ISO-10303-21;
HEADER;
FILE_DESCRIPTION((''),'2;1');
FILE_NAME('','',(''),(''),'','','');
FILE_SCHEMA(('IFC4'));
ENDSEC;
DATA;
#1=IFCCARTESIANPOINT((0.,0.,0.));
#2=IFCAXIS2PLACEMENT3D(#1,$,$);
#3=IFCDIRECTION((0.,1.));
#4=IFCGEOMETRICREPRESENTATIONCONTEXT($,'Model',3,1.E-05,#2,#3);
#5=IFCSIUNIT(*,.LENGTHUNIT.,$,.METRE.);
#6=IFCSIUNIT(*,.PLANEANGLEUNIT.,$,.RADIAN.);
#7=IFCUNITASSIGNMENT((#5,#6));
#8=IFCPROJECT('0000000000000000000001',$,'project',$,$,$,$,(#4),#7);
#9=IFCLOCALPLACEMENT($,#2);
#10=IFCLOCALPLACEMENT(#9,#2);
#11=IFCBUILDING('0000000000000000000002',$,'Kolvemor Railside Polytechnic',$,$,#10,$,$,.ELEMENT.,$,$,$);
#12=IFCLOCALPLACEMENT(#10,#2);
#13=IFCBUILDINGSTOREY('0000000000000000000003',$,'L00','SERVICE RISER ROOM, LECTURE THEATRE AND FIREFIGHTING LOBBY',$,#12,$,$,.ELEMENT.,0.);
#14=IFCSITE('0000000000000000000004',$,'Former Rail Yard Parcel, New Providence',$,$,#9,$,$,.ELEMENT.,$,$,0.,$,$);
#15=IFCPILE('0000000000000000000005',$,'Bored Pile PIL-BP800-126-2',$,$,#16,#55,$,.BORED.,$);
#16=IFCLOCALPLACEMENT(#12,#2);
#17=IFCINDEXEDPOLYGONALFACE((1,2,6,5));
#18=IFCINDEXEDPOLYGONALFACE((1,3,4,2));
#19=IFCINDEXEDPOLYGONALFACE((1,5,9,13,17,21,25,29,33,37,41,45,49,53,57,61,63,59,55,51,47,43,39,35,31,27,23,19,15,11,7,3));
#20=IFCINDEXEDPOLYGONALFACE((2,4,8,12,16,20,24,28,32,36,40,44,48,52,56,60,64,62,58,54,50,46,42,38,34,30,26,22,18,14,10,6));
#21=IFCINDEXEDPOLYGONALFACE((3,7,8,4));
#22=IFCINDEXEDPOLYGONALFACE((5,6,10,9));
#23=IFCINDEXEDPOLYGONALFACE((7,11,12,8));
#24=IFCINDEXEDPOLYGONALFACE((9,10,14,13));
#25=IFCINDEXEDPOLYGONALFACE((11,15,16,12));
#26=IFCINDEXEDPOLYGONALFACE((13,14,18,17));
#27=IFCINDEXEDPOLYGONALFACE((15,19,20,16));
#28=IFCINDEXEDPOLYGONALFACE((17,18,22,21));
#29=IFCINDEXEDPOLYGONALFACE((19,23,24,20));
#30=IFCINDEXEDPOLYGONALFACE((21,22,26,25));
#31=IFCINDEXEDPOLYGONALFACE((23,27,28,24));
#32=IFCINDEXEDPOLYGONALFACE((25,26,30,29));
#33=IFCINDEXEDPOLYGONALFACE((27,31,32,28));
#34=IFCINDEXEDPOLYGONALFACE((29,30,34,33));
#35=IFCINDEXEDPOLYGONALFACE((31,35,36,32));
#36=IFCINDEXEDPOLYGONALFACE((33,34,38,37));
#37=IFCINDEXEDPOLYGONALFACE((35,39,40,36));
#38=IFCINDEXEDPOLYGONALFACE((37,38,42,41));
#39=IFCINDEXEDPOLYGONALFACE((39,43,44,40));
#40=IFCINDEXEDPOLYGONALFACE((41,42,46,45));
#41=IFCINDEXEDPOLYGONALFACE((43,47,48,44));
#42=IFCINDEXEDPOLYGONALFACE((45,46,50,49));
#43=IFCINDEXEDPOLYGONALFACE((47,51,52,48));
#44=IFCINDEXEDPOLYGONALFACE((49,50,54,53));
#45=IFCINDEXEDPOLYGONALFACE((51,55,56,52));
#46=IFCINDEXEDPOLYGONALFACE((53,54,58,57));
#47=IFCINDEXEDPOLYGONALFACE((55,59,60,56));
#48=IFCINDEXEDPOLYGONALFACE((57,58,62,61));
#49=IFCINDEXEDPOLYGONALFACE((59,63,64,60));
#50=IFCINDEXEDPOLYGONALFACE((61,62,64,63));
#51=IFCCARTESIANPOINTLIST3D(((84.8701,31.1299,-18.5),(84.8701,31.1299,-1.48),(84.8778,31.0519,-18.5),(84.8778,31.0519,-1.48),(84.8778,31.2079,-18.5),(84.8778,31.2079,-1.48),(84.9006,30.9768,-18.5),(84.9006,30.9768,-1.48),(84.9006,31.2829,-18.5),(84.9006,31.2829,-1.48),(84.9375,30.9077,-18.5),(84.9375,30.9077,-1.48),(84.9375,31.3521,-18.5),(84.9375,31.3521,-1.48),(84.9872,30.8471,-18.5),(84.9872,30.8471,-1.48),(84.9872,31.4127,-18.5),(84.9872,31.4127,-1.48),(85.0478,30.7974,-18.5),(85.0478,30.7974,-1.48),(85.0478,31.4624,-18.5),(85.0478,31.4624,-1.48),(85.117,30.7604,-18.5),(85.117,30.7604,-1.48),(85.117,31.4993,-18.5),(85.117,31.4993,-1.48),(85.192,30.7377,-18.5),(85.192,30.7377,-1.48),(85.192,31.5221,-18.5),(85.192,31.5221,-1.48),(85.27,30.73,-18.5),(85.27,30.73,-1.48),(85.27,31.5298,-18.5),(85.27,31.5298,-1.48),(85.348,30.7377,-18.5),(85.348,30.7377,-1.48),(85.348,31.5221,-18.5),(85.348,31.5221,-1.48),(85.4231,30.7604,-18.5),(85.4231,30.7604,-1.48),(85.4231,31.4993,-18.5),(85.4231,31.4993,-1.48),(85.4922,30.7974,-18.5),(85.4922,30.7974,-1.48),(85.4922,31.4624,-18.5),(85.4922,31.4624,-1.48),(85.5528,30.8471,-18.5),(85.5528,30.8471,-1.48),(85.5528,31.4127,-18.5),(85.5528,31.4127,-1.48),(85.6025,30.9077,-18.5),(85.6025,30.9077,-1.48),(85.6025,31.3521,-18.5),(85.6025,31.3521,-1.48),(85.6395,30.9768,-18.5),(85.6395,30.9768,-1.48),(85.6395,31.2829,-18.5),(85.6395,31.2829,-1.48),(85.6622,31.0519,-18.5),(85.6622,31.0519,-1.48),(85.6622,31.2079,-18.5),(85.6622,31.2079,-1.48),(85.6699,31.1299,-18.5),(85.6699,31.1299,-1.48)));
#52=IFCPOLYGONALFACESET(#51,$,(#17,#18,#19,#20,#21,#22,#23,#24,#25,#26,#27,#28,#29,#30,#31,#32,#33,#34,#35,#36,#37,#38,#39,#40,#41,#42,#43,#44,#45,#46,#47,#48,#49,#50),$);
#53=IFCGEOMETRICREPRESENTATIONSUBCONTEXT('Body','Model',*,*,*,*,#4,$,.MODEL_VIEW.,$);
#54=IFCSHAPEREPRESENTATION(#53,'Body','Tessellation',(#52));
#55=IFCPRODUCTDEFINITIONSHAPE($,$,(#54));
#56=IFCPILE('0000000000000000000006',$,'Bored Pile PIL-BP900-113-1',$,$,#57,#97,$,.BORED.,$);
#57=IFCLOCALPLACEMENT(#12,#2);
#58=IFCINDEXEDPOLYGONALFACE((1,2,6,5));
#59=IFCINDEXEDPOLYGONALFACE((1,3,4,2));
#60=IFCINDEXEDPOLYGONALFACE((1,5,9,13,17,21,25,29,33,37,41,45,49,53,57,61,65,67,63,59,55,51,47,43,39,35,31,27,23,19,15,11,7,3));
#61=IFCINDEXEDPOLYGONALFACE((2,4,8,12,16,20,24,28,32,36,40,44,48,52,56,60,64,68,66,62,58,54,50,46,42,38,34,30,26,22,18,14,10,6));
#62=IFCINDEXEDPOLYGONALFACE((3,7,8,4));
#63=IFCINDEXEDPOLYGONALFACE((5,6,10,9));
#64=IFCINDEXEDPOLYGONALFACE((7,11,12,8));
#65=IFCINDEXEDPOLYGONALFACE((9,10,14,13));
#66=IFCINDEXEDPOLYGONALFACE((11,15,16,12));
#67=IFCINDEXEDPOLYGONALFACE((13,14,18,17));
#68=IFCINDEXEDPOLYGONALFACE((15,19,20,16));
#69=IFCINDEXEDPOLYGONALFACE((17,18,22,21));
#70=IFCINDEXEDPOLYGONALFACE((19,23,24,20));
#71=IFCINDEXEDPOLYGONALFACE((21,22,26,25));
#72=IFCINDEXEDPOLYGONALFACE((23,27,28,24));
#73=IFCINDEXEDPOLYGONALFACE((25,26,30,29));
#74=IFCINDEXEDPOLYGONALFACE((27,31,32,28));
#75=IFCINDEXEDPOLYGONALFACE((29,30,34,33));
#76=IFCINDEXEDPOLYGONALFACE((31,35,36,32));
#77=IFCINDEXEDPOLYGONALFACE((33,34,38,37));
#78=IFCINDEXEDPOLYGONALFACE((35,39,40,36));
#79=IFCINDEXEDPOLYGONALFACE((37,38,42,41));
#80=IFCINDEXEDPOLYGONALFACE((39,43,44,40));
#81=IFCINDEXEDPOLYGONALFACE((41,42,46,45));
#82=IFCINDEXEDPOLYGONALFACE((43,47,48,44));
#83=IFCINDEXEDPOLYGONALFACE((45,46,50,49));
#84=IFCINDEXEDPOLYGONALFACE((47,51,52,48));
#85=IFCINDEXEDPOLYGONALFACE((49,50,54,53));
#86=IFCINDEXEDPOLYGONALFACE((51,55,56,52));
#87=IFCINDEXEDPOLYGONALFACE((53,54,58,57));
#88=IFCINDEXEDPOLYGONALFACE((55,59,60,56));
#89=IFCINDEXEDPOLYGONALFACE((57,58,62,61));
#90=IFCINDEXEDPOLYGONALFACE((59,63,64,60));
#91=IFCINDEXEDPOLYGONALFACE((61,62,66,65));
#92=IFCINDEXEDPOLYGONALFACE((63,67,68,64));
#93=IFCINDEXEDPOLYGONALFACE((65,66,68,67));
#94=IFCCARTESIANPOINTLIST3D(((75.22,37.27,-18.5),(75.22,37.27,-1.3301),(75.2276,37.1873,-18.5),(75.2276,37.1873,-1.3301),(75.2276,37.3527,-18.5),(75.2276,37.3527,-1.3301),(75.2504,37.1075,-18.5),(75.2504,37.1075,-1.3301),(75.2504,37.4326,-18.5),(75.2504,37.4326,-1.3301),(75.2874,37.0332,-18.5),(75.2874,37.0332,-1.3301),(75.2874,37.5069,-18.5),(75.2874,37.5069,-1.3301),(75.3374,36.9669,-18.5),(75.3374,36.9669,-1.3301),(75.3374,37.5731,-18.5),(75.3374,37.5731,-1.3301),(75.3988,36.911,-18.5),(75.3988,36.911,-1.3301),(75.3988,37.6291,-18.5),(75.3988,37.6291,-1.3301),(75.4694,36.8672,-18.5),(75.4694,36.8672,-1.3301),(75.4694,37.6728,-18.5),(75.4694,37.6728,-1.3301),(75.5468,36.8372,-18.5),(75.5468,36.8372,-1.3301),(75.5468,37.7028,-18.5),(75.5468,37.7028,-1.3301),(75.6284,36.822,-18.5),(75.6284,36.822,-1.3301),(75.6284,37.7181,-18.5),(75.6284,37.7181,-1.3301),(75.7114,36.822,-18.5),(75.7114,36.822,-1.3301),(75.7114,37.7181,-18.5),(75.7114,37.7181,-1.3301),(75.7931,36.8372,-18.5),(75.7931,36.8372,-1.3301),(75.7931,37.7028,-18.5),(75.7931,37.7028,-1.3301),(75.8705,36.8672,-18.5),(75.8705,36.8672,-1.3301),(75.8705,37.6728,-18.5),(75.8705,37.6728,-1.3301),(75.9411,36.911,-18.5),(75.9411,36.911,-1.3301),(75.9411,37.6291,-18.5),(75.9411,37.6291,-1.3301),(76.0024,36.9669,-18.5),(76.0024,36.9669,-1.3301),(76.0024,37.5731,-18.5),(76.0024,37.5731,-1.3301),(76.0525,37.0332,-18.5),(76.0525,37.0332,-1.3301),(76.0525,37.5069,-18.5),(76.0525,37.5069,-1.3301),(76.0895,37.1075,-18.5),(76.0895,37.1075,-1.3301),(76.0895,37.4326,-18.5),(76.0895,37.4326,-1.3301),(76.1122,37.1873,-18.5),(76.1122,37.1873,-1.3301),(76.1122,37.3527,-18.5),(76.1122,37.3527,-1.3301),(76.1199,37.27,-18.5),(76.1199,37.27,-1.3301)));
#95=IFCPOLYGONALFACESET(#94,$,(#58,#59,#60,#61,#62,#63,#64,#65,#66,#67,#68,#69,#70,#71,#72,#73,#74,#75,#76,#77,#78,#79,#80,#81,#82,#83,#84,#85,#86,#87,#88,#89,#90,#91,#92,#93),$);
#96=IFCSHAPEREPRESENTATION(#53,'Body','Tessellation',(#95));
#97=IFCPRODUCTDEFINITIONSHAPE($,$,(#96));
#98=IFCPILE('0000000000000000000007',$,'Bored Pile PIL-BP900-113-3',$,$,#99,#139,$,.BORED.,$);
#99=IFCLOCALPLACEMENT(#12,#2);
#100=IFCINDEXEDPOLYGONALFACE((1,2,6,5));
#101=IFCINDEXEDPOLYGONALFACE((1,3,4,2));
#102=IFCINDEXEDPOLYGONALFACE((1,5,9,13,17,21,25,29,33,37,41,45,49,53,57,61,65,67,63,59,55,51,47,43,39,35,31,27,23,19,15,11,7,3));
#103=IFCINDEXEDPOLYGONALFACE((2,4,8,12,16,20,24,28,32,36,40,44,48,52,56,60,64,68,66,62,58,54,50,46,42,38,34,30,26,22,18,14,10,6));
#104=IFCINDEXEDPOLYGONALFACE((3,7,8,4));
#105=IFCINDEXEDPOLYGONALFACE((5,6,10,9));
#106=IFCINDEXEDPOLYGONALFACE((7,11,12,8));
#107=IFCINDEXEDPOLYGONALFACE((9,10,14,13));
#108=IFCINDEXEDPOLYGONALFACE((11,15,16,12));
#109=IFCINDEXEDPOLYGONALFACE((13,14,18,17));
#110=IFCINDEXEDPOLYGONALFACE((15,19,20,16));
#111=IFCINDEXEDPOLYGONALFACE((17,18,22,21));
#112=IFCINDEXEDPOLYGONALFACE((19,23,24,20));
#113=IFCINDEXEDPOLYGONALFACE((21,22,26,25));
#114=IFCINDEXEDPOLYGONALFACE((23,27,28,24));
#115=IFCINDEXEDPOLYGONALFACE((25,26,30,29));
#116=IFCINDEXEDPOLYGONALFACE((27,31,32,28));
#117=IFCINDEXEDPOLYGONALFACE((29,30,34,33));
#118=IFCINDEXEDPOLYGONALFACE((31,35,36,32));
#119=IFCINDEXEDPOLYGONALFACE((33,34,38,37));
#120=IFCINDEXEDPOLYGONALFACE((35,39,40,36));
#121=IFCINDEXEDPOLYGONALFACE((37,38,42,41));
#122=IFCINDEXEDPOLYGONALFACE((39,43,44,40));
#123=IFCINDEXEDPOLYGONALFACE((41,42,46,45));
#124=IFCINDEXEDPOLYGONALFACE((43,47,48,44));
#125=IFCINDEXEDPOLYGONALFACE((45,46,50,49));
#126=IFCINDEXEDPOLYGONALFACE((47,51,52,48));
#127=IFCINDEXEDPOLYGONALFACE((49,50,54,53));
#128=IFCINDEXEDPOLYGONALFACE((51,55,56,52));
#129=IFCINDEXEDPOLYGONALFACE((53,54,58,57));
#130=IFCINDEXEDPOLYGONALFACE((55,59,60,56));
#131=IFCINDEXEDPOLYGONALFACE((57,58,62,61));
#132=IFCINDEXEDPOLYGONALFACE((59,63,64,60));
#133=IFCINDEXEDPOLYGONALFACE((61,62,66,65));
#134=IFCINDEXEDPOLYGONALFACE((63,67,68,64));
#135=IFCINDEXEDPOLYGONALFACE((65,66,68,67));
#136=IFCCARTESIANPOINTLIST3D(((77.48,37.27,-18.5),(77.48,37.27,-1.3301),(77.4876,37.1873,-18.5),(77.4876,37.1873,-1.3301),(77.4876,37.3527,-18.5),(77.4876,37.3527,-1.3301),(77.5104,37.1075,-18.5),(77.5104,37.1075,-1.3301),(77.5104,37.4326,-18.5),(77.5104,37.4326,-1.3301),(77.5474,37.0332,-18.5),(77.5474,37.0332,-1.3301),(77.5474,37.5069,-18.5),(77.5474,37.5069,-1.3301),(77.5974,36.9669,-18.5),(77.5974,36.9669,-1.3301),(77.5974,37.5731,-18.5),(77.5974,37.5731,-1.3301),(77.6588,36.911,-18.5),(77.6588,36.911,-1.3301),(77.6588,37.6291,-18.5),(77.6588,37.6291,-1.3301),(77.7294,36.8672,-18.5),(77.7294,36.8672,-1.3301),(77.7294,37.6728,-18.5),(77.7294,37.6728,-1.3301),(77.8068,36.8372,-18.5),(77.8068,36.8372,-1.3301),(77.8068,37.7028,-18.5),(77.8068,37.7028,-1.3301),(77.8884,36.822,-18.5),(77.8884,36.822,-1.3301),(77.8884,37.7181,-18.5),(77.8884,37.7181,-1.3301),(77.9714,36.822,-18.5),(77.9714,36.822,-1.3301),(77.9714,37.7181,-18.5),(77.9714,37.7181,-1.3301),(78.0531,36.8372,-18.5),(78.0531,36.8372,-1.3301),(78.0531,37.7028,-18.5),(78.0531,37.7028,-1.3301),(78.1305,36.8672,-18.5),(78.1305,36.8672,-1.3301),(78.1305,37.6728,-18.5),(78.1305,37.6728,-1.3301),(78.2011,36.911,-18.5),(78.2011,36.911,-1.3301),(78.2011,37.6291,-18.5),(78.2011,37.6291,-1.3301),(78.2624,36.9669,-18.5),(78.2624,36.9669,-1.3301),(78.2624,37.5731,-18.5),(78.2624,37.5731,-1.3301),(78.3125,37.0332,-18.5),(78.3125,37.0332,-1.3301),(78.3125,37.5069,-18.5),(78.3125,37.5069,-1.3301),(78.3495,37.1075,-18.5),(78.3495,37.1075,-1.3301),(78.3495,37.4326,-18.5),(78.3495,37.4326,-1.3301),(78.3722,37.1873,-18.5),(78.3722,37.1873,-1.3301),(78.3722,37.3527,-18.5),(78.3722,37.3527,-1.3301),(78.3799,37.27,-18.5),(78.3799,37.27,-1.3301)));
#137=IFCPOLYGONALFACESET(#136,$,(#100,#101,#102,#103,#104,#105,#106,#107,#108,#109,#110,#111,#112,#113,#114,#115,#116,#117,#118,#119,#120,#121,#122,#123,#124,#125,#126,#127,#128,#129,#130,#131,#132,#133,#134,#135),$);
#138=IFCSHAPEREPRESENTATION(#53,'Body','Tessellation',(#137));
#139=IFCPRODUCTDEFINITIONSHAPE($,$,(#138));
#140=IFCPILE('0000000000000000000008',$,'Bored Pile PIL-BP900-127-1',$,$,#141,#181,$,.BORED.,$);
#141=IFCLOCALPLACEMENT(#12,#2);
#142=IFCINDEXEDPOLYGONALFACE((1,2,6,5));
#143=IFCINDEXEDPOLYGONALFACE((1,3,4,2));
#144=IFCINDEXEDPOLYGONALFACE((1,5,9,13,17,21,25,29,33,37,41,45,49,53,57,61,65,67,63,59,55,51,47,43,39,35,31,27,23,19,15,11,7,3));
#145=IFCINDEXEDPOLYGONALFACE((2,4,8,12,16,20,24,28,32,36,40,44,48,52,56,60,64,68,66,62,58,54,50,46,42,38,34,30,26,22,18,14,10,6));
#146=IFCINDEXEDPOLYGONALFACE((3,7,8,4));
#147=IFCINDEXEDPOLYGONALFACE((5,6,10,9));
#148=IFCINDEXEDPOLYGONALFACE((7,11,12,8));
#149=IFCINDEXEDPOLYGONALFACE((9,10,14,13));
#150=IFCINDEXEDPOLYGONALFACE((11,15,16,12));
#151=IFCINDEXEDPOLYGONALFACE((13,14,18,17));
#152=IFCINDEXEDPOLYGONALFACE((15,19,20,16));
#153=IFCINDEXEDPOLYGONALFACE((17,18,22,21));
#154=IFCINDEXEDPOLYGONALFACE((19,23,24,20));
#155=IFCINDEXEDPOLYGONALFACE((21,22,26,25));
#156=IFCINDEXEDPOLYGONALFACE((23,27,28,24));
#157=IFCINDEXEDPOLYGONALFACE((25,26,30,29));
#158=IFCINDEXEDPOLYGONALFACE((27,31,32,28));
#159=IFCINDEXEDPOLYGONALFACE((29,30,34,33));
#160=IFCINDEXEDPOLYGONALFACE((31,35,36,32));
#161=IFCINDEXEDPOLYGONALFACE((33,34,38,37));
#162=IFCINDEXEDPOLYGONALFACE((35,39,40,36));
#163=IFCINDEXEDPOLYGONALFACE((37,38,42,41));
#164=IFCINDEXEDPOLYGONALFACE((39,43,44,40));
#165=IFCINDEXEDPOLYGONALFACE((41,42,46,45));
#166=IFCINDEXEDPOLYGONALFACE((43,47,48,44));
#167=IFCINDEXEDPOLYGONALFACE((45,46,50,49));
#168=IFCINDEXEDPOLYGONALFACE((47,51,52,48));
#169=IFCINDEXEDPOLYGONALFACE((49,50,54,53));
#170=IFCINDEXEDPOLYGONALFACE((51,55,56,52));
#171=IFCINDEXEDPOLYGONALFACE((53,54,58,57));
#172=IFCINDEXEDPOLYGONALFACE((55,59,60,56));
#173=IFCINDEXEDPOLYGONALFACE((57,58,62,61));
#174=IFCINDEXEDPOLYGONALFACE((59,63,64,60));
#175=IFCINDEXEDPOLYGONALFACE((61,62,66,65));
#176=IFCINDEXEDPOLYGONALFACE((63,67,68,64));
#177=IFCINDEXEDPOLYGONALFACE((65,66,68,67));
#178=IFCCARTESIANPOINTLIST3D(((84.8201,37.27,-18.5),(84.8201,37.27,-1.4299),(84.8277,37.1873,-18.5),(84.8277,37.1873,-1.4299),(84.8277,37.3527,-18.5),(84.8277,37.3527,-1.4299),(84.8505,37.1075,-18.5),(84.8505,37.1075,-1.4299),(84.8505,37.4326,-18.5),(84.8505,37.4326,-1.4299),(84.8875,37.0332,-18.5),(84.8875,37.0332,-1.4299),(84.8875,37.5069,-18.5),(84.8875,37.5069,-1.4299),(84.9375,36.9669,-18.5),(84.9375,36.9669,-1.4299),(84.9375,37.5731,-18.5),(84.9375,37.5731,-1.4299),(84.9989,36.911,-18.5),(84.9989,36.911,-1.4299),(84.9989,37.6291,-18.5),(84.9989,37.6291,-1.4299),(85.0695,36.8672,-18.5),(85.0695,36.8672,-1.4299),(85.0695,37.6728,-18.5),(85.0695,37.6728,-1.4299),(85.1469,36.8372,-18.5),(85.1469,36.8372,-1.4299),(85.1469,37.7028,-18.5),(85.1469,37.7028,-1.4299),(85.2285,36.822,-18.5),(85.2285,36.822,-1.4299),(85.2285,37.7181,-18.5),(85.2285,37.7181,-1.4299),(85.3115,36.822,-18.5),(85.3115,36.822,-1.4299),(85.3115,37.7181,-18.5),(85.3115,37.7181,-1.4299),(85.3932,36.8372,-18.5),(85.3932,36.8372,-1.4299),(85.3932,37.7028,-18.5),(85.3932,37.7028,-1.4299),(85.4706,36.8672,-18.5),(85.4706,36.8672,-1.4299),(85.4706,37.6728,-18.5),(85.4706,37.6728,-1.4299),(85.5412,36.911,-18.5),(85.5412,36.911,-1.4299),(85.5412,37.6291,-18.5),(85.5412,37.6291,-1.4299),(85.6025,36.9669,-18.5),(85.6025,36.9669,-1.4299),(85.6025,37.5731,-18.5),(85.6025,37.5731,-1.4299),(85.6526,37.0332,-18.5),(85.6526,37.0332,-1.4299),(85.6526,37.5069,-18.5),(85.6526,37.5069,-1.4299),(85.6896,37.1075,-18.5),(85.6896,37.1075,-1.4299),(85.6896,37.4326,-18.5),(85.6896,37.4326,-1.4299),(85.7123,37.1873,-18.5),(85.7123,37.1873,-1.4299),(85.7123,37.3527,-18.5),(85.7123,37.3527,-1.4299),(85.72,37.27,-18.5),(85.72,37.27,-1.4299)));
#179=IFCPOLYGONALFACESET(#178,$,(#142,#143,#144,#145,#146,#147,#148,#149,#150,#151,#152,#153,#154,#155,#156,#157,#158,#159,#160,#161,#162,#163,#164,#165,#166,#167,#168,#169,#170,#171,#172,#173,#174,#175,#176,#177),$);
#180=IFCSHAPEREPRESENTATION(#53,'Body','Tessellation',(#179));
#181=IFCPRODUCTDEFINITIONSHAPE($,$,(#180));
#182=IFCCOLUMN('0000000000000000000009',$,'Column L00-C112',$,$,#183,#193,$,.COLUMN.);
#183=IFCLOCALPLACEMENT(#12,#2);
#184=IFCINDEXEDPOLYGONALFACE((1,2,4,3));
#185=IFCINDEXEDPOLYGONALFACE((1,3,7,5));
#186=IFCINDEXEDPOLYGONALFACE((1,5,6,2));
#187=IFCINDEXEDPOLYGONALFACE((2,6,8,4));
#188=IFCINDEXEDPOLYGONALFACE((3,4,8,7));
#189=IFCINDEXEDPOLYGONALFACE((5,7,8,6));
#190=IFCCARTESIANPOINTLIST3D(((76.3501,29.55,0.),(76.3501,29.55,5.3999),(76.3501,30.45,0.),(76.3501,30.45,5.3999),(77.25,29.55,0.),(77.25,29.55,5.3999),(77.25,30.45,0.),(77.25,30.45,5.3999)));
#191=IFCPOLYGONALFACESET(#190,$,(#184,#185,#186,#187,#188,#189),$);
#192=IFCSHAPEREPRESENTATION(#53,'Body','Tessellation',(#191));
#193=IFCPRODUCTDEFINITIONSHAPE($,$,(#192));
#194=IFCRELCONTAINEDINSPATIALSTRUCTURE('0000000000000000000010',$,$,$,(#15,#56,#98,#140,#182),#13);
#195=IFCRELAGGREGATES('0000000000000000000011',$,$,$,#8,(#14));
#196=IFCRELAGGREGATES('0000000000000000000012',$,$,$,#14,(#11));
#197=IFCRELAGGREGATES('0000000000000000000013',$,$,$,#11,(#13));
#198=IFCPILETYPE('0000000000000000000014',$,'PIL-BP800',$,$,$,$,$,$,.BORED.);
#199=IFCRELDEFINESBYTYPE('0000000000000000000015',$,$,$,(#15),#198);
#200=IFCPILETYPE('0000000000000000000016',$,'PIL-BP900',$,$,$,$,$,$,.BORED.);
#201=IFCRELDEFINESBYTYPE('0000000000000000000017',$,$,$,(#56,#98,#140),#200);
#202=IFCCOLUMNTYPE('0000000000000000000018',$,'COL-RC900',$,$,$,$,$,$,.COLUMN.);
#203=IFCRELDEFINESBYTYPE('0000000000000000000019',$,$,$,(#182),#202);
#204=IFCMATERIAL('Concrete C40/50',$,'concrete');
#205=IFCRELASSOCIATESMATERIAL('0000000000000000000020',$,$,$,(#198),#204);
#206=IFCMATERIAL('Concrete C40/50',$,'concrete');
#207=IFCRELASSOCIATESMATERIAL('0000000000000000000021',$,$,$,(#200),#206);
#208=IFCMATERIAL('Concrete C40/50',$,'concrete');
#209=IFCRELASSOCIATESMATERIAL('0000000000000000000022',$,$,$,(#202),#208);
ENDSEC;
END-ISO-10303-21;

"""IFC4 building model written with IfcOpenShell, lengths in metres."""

from ifc_helpers import new_model, si_unit, direction, frame, origin, origin_2d, place, context, subcontext, project, spatial, rectangle, circle, extrude, material, material_profile, profile_set, type_object, element, save


model = new_model("IFC4")

# Units and contexts
model_context = context("Model", 3, precision=1e-05, world=origin(), true_north=direction((0.0, 1.0)))
body_context = subcontext(model_context, "Body", "Model", "MODEL_VIEW")
ifc_project = project(units=[si_unit("LENGTHUNIT", "METRE"), si_unit("PLANEANGLEUNIT", "RADIAN")], contexts=[model_context])

# Site, building, storey
site_placement = place(None, origin())
site = spatial("IfcSite", under=ifc_project, at=site_placement, Name="Former Rail Yard Parcel, New Providence", CompositionType="ELEMENT", RefElevation=0.0)
building_placement = place(site_placement, origin())
building = spatial("IfcBuilding", under=site, at=building_placement, Name="Kolvemor Railside Polytechnic", CompositionType="ELEMENT")
storey_placement = place(building_placement, origin())
storey = spatial("IfcBuildingStorey", under=building, at=storey_placement, Name="L00", Description="SERVICE RISER ROOM, LECTURE THEATRE AND FIREFIGHTING LOBBY", CompositionType="ELEMENT", Elevation=0.0)

# Piles
ifc_material_1 = material(Name="Concrete C40/50", Category="concrete")
ifc_material_profile_1 = material_profile(ifc_material_1, circle(Radius=0.3999, at=origin_2d()), Name="BP800")
ifc_profile_set_1 = profile_set([ifc_material_profile_1], Name="Concrete C40/50")
pile_type_1 = type_object("IfcPileType", Name="PIL-BP800", PredefinedType="BORED", material=ifc_profile_set_1)
for number, where, z_axis, x_axis, name in (
    (1, (85.27, 31.1299, -1.48), (0.0, 0.0, -1.0), (1.0, 0.0, 0.0), "Bored Pile PIL-BP800-126-2"),
):
    element("IfcPile", number, at=place(storey_placement, frame(where, z_axis=z_axis, x_axis=x_axis)), inside=storey, type_object=pile_type_1, Name=name, PredefinedType="BORED", context=body_context, shape_type="SweptSolid", body=[
        extrude(circle(Radius=0.3999, at=origin_2d()), origin(), (0.0, 0.0, 1.0), 17.02),
    ])
ifc_material_2 = material(Name="Concrete C40/50", Category="concrete")
ifc_material_profile_2 = material_profile(ifc_material_2, circle(Radius=0.45, at=origin_2d()), Name="BP900")
ifc_profile_set_2 = profile_set([ifc_material_profile_2], Name="Concrete C40/50")
pile_type_2 = type_object("IfcPileType", Name="PIL-BP900", PredefinedType="BORED", material=ifc_profile_set_2)
for number, where, z_axis, x_axis, name in (
    (2, (75.6699, 37.27, -1.3301), (0.0, 0.0, -1.0), (1.0, 0.0, 0.0), "Bored Pile PIL-BP900-113-1"),
    (3, (77.9299, 37.27, -1.3301), (0.0, 0.0, -1.0), (1.0, 0.0, 0.0), "Bored Pile PIL-BP900-113-3"),
):
    element("IfcPile", number, at=place(storey_placement, frame(where, z_axis=z_axis, x_axis=x_axis)), inside=storey, type_object=pile_type_2, Name=name, PredefinedType="BORED", context=body_context, shape_type="SweptSolid", body=[
        extrude(circle(Radius=0.45, at=origin_2d()), origin(), (0.0, 0.0, 1.0), 17.1699),
    ])
pile_placement = place(storey_placement, frame((85.27, 37.27, -1.4299), z_axis=(0.0, 0.0, -1.0), x_axis=(1.0, 0.0, 0.0)))
element("IfcPile", 4, at=pile_placement, inside=storey, type_object=pile_type_2, Name="Bored Pile PIL-BP900-127-1", PredefinedType="BORED", context=body_context, shape_type="SweptSolid", body=[
    extrude(circle(Radius=0.45, at=origin_2d()), origin(), (0.0, 0.0, 1.0), 17.0701),
])

# Column
ifc_material_3 = material(Name="Concrete C40/50", Category="concrete")
ifc_material_profile_3 = material_profile(ifc_material_3, rectangle(XDim=0.8999, YDim=0.8999, at=origin_2d()), Name="RC900x900")
ifc_profile_set_3 = profile_set([ifc_material_profile_3], Name="Concrete C40/50")
column_type = type_object("IfcColumnType", Name="COL-RC900", PredefinedType="COLUMN", material=ifc_profile_set_3)
for number, where, z_axis, x_axis, name in (
    (5, (76.8, 30.0, 0.0), (0.0, 0.0, 1.0), (1.0, 0.0, 0.0), "Column L00-C112"),
):
    element("IfcColumn", number, at=place(storey_placement, frame(where, z_axis=z_axis, x_axis=x_axis)), inside=storey, type_object=column_type, Name=name, PredefinedType="COLUMN", context=body_context, shape_type="SweptSolid", body=[
        extrude(rectangle(XDim=0.8999, YDim=0.8999, at=origin_2d()), origin(), (0.0, 0.0, 1.0), 5.3999),
    ])

save(model, "model.ifc")
